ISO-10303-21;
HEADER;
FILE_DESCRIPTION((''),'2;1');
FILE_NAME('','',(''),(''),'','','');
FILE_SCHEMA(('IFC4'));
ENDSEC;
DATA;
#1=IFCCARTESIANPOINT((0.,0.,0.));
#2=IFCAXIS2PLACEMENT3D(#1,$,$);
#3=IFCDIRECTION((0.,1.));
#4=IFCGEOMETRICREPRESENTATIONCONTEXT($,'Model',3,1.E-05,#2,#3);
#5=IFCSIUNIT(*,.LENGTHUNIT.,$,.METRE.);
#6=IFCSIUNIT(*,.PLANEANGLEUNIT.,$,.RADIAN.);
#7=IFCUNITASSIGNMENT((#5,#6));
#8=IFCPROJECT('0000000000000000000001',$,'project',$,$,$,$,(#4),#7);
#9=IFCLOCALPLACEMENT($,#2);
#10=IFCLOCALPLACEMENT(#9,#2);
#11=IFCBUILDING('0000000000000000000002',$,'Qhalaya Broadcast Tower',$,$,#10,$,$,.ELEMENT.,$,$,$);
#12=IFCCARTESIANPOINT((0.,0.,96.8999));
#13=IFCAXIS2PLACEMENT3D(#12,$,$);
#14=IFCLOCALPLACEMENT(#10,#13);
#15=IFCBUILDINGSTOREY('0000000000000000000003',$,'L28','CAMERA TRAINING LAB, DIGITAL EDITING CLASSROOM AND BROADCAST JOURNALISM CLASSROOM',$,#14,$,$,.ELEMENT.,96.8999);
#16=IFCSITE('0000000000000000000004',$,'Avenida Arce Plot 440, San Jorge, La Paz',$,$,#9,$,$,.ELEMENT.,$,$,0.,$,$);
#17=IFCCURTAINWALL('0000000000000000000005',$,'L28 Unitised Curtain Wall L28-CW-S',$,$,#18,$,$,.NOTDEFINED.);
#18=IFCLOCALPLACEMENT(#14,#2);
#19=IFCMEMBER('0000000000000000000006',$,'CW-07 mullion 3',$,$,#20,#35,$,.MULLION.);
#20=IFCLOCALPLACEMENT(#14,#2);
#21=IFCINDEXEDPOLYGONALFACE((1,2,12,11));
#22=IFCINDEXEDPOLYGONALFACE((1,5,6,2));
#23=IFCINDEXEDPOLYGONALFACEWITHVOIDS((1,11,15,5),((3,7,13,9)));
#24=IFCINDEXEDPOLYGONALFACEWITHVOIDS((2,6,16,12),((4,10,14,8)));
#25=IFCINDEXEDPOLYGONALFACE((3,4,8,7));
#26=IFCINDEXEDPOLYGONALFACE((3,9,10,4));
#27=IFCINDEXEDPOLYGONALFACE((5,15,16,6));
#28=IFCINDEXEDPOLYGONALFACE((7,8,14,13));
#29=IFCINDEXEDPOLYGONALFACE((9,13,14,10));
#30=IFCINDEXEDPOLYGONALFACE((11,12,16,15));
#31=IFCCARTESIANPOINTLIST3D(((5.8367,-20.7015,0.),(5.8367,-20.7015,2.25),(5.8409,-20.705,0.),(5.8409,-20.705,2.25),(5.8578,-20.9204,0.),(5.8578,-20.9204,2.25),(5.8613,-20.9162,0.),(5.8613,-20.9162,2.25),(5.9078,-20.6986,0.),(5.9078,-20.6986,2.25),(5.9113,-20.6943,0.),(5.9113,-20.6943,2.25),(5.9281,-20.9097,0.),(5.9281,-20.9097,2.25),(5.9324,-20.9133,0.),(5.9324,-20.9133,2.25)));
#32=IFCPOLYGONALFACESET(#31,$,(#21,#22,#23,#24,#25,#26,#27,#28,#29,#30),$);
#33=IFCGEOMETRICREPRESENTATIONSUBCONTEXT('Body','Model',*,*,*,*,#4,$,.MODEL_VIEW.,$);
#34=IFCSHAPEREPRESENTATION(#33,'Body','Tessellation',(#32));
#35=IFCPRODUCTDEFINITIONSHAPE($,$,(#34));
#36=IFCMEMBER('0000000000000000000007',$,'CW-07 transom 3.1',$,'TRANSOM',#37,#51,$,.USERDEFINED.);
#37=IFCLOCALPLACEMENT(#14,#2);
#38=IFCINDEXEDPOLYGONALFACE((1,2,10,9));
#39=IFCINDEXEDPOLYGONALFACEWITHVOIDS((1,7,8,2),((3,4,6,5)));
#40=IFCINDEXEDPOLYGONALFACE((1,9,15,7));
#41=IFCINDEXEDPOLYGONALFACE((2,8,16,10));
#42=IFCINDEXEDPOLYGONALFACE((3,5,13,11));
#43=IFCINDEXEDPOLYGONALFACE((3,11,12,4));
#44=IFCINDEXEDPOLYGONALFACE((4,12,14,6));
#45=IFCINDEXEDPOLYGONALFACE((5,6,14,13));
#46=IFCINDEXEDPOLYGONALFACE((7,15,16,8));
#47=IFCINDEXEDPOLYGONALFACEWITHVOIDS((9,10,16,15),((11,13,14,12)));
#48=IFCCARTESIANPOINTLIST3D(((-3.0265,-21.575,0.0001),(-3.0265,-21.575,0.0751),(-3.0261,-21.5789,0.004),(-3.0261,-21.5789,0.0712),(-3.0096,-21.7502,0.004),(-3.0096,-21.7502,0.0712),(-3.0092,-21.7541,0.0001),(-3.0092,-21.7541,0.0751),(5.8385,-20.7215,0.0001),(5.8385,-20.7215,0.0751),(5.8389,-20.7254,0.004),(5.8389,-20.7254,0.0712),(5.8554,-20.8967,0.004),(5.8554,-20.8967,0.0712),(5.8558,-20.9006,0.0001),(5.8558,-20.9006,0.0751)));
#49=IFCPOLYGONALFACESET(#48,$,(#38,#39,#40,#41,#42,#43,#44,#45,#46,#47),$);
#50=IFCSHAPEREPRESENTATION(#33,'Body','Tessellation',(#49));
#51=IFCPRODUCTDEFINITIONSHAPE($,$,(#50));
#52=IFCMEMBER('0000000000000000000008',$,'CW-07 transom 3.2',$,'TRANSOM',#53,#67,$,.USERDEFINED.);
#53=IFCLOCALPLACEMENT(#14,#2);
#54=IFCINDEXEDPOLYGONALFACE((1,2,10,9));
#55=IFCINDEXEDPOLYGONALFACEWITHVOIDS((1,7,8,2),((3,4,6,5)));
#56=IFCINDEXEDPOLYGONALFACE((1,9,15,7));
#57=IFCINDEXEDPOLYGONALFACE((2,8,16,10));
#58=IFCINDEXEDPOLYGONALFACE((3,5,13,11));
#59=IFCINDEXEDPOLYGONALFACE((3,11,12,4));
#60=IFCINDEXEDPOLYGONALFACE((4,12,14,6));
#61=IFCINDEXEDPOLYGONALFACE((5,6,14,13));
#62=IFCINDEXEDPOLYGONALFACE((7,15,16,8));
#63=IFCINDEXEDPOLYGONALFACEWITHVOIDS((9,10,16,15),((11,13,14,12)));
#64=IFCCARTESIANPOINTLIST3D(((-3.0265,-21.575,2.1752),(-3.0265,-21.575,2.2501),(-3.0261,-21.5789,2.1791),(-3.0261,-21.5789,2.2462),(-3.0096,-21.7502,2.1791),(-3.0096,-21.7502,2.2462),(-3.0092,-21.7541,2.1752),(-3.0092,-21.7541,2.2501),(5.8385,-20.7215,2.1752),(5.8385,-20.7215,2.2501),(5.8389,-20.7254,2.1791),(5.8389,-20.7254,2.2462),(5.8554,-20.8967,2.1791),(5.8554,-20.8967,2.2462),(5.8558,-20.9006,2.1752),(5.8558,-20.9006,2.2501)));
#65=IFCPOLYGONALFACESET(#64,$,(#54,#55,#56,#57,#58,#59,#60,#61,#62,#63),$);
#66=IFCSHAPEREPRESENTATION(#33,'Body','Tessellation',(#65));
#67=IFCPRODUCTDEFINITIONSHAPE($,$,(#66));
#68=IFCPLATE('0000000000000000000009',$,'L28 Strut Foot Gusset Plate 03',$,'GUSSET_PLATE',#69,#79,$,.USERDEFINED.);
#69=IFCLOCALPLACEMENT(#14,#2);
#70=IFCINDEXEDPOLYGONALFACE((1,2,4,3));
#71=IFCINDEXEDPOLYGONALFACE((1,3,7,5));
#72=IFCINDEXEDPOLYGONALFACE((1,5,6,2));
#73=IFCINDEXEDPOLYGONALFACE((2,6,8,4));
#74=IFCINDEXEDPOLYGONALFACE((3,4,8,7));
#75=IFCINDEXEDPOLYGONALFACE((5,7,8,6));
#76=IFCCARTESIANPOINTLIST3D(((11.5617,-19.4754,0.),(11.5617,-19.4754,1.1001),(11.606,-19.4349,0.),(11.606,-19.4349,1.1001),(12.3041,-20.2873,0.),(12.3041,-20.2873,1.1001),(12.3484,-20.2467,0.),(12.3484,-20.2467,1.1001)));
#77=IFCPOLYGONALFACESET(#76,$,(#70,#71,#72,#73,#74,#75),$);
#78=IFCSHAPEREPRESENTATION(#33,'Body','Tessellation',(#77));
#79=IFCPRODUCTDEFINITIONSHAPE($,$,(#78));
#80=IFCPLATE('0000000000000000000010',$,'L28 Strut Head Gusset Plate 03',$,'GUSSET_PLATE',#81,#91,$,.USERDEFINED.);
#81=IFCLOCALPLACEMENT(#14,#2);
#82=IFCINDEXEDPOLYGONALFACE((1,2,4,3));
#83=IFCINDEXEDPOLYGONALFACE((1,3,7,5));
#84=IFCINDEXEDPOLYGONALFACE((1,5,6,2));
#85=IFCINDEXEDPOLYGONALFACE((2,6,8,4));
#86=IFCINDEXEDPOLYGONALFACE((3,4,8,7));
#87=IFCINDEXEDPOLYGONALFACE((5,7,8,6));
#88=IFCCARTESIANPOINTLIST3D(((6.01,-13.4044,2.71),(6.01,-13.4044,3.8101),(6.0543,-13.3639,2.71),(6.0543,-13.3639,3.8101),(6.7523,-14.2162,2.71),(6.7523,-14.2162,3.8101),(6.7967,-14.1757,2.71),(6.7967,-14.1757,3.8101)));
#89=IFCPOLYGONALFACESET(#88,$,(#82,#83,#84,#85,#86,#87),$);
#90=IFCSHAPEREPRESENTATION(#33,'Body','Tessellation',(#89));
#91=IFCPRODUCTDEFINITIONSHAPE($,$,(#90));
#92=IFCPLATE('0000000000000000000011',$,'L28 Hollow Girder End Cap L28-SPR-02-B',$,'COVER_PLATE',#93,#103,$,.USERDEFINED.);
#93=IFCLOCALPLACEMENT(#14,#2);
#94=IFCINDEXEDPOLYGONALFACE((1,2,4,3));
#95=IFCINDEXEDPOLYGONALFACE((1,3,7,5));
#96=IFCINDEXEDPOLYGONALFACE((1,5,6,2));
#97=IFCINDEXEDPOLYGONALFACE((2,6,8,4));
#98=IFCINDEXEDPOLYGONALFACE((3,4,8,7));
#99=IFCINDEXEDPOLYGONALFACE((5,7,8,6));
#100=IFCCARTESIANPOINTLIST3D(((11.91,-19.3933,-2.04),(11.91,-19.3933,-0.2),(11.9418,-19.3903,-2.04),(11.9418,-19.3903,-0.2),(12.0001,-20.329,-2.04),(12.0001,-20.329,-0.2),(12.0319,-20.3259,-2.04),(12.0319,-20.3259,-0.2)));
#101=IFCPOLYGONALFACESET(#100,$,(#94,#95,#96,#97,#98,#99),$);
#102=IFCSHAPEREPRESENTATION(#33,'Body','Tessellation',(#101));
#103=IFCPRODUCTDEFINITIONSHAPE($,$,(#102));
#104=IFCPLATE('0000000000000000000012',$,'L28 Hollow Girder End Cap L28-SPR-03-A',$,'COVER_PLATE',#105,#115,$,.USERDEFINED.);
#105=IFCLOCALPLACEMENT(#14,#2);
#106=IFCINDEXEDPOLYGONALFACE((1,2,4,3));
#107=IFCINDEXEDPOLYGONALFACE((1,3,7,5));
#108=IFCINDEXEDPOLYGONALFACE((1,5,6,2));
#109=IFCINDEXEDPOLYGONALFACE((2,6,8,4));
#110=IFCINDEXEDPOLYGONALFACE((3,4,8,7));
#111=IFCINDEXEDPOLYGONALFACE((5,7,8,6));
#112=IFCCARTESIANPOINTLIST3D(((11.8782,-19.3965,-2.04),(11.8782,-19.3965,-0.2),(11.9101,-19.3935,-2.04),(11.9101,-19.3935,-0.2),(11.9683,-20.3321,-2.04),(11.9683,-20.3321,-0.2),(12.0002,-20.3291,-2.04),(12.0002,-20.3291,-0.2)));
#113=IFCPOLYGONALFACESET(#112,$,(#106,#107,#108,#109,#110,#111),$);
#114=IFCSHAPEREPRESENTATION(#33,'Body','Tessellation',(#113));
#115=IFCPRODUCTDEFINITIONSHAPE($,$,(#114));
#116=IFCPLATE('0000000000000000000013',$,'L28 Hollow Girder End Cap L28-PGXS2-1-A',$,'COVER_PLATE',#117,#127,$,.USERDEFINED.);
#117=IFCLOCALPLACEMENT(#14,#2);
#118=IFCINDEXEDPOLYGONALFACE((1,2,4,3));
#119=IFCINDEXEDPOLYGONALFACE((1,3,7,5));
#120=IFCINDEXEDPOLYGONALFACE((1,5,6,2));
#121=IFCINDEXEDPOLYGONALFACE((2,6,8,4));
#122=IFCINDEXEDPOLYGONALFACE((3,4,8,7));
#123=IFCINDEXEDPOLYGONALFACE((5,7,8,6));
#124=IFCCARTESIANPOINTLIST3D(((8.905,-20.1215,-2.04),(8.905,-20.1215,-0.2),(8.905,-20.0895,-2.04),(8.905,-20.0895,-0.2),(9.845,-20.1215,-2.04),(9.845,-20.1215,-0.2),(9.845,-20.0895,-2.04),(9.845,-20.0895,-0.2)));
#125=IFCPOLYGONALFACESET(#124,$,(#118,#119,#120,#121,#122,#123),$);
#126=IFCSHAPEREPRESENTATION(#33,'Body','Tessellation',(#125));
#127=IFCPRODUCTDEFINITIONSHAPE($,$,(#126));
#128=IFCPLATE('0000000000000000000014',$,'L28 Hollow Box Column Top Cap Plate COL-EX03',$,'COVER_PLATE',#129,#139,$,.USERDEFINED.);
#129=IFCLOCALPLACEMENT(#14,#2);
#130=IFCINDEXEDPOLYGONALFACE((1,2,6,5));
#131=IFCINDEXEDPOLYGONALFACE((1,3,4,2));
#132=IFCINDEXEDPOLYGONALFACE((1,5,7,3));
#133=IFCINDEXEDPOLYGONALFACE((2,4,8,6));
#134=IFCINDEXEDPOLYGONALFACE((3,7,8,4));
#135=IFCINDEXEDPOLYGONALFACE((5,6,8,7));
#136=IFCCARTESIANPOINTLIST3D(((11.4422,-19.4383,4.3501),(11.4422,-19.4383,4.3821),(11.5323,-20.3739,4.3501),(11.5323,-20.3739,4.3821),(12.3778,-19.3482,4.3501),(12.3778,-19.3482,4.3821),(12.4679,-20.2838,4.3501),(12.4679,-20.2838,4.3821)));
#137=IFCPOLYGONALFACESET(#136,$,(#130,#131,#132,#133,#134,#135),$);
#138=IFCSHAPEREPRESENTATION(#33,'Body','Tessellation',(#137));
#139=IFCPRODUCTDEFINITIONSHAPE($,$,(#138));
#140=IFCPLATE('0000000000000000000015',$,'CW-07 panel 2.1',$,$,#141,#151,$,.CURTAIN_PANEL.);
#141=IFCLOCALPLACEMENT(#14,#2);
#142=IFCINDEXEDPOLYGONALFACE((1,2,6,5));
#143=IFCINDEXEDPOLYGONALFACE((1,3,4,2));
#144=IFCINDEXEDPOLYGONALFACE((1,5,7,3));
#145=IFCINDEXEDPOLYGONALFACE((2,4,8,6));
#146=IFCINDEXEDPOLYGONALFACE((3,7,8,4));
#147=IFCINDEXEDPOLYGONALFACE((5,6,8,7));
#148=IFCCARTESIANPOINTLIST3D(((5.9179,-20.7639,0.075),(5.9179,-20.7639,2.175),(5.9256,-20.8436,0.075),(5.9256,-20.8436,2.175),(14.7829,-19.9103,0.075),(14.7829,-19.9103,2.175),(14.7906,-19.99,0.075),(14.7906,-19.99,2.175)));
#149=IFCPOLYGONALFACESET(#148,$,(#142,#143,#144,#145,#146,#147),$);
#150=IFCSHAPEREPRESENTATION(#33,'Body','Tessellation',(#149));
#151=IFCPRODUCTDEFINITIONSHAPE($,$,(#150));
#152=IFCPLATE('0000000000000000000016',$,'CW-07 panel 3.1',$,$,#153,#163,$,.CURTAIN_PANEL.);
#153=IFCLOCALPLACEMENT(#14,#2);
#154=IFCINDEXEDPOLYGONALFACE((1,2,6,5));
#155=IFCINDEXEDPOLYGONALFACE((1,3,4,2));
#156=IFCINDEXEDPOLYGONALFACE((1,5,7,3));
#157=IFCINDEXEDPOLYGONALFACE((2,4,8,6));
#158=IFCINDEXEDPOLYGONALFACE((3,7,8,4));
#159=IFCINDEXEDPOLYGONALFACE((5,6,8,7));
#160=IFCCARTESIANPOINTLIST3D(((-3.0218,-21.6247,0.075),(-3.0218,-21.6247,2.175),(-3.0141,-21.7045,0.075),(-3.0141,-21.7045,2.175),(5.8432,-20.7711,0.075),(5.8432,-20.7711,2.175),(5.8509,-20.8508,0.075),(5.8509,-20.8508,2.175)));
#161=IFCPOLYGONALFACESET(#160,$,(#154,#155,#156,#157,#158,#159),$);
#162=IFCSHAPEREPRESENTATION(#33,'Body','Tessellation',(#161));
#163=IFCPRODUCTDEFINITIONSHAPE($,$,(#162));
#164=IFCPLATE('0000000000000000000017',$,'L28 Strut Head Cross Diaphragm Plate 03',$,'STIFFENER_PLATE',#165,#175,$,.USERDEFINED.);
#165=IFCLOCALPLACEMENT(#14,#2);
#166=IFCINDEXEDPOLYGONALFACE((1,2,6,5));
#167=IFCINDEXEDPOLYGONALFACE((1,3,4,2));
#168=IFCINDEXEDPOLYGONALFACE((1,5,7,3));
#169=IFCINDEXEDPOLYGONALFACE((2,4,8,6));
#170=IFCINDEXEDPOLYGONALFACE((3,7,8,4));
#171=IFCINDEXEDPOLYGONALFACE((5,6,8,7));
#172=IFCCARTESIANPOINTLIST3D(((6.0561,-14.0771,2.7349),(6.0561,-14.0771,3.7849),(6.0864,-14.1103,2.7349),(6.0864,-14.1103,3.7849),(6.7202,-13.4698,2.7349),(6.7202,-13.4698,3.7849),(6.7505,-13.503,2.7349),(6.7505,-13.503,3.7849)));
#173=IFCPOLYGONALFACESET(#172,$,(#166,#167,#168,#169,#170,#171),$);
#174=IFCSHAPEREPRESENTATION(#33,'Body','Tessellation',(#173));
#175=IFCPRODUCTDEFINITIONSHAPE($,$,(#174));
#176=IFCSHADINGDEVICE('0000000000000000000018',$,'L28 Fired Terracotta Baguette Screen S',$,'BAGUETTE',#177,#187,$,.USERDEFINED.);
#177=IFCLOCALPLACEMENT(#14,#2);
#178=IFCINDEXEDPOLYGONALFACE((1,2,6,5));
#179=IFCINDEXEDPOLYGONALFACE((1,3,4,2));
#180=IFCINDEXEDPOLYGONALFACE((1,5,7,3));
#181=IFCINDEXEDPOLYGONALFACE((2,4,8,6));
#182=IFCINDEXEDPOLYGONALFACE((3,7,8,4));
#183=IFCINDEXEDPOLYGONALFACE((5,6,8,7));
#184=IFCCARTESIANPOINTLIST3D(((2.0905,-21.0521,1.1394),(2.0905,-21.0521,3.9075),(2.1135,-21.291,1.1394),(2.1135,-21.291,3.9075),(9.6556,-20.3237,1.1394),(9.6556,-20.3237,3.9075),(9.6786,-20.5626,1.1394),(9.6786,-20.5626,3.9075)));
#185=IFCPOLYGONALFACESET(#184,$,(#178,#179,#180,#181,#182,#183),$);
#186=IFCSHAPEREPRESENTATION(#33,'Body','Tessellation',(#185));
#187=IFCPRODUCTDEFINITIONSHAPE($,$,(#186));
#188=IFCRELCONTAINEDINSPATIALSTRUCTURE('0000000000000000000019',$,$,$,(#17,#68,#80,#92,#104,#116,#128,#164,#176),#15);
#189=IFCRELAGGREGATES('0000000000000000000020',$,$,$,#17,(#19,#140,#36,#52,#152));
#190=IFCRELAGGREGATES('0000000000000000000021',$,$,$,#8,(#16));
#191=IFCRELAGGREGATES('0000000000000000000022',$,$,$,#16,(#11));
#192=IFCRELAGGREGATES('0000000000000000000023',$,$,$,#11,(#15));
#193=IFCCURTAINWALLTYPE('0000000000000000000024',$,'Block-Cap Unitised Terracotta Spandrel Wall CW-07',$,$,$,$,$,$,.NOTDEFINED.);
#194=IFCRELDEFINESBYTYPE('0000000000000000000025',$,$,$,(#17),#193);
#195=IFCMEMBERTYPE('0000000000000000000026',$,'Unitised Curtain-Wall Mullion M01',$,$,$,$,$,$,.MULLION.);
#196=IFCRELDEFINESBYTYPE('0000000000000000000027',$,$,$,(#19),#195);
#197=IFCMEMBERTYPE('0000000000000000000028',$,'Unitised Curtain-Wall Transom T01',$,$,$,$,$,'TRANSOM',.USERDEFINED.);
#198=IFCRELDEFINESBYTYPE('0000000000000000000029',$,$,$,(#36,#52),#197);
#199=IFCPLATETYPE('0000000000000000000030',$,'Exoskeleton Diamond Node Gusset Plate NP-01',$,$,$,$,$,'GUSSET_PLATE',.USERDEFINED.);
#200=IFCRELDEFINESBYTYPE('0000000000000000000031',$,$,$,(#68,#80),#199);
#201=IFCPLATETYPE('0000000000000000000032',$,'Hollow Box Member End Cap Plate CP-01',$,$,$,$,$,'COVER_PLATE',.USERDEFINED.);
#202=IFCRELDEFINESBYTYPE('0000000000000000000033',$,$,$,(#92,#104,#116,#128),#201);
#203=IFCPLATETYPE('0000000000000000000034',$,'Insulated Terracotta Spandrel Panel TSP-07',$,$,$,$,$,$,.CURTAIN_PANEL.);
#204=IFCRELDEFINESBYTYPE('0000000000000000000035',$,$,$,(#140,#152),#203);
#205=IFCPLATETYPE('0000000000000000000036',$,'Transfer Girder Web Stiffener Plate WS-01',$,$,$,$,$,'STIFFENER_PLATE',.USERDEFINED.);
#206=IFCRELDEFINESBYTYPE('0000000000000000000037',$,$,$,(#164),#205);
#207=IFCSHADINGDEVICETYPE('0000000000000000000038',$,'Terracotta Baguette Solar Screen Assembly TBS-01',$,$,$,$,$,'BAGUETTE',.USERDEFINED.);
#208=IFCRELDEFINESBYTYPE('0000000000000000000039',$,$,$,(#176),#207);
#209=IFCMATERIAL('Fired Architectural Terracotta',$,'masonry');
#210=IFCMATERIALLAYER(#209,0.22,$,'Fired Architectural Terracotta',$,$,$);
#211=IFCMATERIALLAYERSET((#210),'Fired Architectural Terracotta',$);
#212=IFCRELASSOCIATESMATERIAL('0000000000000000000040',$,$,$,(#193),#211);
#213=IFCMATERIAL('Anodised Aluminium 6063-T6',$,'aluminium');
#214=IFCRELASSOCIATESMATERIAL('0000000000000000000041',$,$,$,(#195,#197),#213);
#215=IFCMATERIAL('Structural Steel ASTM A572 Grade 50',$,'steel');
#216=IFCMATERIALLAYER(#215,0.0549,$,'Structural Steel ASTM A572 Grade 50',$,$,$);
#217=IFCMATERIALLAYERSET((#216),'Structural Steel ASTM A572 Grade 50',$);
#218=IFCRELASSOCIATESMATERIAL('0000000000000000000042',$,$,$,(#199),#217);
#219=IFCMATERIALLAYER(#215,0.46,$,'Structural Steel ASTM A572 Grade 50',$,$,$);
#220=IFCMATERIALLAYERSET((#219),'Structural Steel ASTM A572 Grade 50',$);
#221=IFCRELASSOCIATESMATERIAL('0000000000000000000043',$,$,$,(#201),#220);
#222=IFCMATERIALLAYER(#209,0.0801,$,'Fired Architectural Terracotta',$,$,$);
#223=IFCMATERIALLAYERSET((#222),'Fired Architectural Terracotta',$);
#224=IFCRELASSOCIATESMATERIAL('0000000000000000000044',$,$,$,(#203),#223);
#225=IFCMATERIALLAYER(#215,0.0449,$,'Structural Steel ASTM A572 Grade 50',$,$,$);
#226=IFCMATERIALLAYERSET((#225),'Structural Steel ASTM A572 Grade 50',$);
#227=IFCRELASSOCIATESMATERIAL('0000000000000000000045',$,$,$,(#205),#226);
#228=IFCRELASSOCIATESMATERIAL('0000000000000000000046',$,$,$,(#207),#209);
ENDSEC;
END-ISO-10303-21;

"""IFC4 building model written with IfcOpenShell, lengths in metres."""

from ifc_helpers import new_model, si_unit, direction, frame, origin, origin_2d, place, context, subcontext, project, spatial, rectangle, hollow_rectangle, extrude, material, layer, layer_set, material_profile, profile_set, type_object, element, aggregate, save


model = new_model("IFC4")

# Units and contexts
model_context = context("Model", 3, precision=1e-05, world=origin(), true_north=direction((0.0, 1.0)))
body_context = subcontext(model_context, "Body", "Model", "MODEL_VIEW")
ifc_project = project(units=[si_unit("LENGTHUNIT", "METRE"), si_unit("PLANEANGLEUNIT", "RADIAN")], contexts=[model_context])

# Site, building, storey
site_placement = place(None, origin())
site = spatial("IfcSite", under=ifc_project, at=site_placement, Name="Avenida Arce Plot 440, San Jorge, La Paz", CompositionType="ELEMENT", RefElevation=0.0)
building_placement = place(site_placement, origin())
building = spatial("IfcBuilding", under=site, at=building_placement, Name="Qhalaya Broadcast Tower", CompositionType="ELEMENT")
storey_placement = place(building_placement, frame((0.0, 0.0, 96.8999)))
storey = spatial("IfcBuildingStorey", under=building, at=storey_placement, Name="L28", Description="CAMERA TRAINING LAB, DIGITAL EDITING CLASSROOM AND BROADCAST JOURNALISM CLASSROOM", CompositionType="ELEMENT", Elevation=96.8999)

# Shared definitions
ifc_material_1 = material(Name="Structural Steel ASTM A572 Grade 50", Category="steel")

# Curtain wall, members
ifc_material_2 = material(Name="Fired Architectural Terracotta", Category="masonry")
ifc_layer_1 = layer(ifc_material_2, 0.22, Name="Fired Architectural Terracotta")
ifc_layer_set_1 = layer_set([ifc_layer_1], Name="Fired Architectural Terracotta")
curtain_wall_type = type_object("IfcCurtainWallType", Name="Block-Cap Unitised Terracotta Spandrel Wall CW-07", PredefinedType="NOTDEFINED", material=ifc_layer_set_1)
curtain_wall_placement = place(storey_placement, origin())
curtain_wall = element("IfcCurtainWall", 1, at=curtain_wall_placement, inside=storey, type_object=curtain_wall_type, Name="L28 Unitised Curtain Wall L28-CW-S", PredefinedType="NOTDEFINED")
ifc_material_3 = material(Name="Anodised Aluminium 6063-T6", Category="aluminium")
ifc_material_profile_1 = material_profile(ifc_material_3, hollow_rectangle(XDim=0.075, YDim=0.22, WallThickness=0.0039, at=origin_2d()), Name="ALU-MUL 75x220x4")
ifc_profile_set_1 = profile_set([ifc_material_profile_1], Name="Anodised Aluminium 6063-T6")
member_type_1 = type_object("IfcMemberType", Name="Unitised Curtain-Wall Mullion M01", PredefinedType="MULLION", material=ifc_profile_set_1)
member_1_placement = place(storey_placement, frame((5.8845, -20.8074, 0.0), z_axis=(0.0, 0.0, 1.0), x_axis=(-0.995396, -0.095847, 0.0)))
member_1 = element("IfcMember", 2, at=member_1_placement, type_object=member_type_1, Name="CW-07 mullion 3", PredefinedType="MULLION", context=body_context, shape_type="SweptSolid", body=[
    extrude(hollow_rectangle(XDim=0.075, YDim=0.22, WallThickness=0.0039, at=origin_2d()), origin(), (0.0, 0.0, 1.0), 2.25),
])
ifc_material_profile_2 = material_profile(ifc_material_3, hollow_rectangle(XDim=0.075, YDim=0.1799, WallThickness=0.0039, at=origin_2d()), Name="ALU-TRN 75x180x4")
ifc_profile_set_2 = profile_set([ifc_material_profile_2], Name="Anodised Aluminium 6063-T6")
member_type_2 = type_object("IfcMemberType", Name="Unitised Curtain-Wall Transom T01", ElementType="TRANSOM", PredefinedType="USERDEFINED", material=ifc_profile_set_2)
member_2_placement = place(storey_placement, frame((5.8472, -20.811, 0.0376), z_axis=(-0.995397, -0.095836, 0.0), x_axis=(0.0, 0.0, 1.0)))
member_2 = element("IfcMember", 3, at=member_2_placement, type_object=member_type_2, Name="CW-07 transom 3.1", ObjectType="TRANSOM", PredefinedType="USERDEFINED", context=body_context, shape_type="SweptSolid", body=[
    extrude(hollow_rectangle(XDim=0.075, YDim=0.1799, WallThickness=0.0039, at=origin_2d()), origin(), (0.0, 0.0, 1.0), 8.906),
])
member_3_placement = place(storey_placement, frame((5.8472, -20.811, 2.2126), z_axis=(-0.995397, -0.095836, 0.0), x_axis=(0.0, 0.0, 1.0)))
member_3 = element("IfcMember", 4, at=member_3_placement, type_object=member_type_2, Name="CW-07 transom 3.2", ObjectType="TRANSOM", PredefinedType="USERDEFINED", context=body_context, shape_type="SweptSolid", body=[
    extrude(hollow_rectangle(XDim=0.075, YDim=0.1799, WallThickness=0.0039, at=origin_2d()), origin(), (0.0, 0.0, 1.0), 8.906),
])

# Plates
ifc_layer_2 = layer(ifc_material_1, 0.0549, Name="Structural Steel ASTM A572 Grade 50")
ifc_layer_set_2 = layer_set([ifc_layer_2], Name="Structural Steel ASTM A572 Grade 50")
plate_type_1 = type_object("IfcPlateType", Name="Exoskeleton Diamond Node Gusset Plate NP-01", ElementType="GUSSET_PLATE", PredefinedType="USERDEFINED", material=ifc_layer_set_2)
for number, where, z_axis, x_axis, name in (
    (5, (11.9551, -19.8611, 0.0), (0.0, 0.0, 1.0), (-0.674831, 0.737973, 0.0), "L28 Strut Foot Gusset Plate 03"),
    (6, (6.4033, -13.79, 2.71), (0.0, 0.0, 1.0), (-0.674831, 0.737973, 0.0), "L28 Strut Head Gusset Plate 03"),
):
    element("IfcPlate", number, at=place(storey_placement, frame(where, z_axis=z_axis, x_axis=x_axis)), inside=storey, type_object=plate_type_1, Name=name, ObjectType="GUSSET_PLATE", PredefinedType="USERDEFINED", context=body_context, shape_type="SweptSolid", body=[
        extrude(rectangle(XDim=1.1001, YDim=0.0601, at=origin_2d()), origin(), (0.0, 0.0, 1.0), 1.1001),
    ])
ifc_layer_3 = layer(ifc_material_1, 0.46, Name="Structural Steel ASTM A572 Grade 50")
ifc_layer_set_3 = layer_set([ifc_layer_3], Name="Structural Steel ASTM A572 Grade 50")
plate_type_2 = type_object("IfcPlateType", Name="Hollow Box Member End Cap Plate CP-01", ElementType="COVER_PLATE", PredefinedType="USERDEFINED", material=ifc_layer_set_3)
for number, where, z_axis, x_axis, name in (
    (7, (11.9709, -19.8596, -2.04), (0.0, 0.0, 1.0), (-0.095846, 0.995396, 0.0), "L28 Hollow Girder End Cap L28-SPR-02-B"),
    (8, (11.9392, -19.8628, -2.04), (0.0, 0.0, 1.0), (-0.095846, 0.995396, 0.0), "L28 Hollow Girder End Cap L28-SPR-03-A"),
    (9, (9.375, -20.1055, -2.04), (0.0, 0.0, 1.0), (-1.0, 0.0, 0.0), "L28 Hollow Girder End Cap L28-PGXS2-1-A"),
):
    element("IfcPlate", number, at=place(storey_placement, frame(where, z_axis=z_axis, x_axis=x_axis)), inside=storey, type_object=plate_type_2, Name=name, ObjectType="COVER_PLATE", PredefinedType="USERDEFINED", context=body_context, shape_type="SweptSolid", body=[
        extrude(rectangle(XDim=0.9399, YDim=0.032, at=origin_2d()), origin(), (0.0, 0.0, 1.0), 1.8401),
    ])
plate_1_placement = place(storey_placement, frame((11.9551, -19.8611, 4.3501), z_axis=(0.0, 0.0, 1.0), x_axis=(0.995396, 0.095846, 0.0)))
element("IfcPlate", 10, at=plate_1_placement, inside=storey, type_object=plate_type_2, Name="L28 Hollow Box Column Top Cap Plate COL-EX03", ObjectType="COVER_PLATE", PredefinedType="USERDEFINED", context=body_context, shape_type="SweptSolid", body=[
    extrude(rectangle(XDim=0.9399, YDim=0.9399, at=origin_2d()), origin(), (0.0, 0.0, 1.0), 0.032),
])

# Plates
ifc_layer_4 = layer(ifc_material_2, 0.0801, Name="Fired Architectural Terracotta")
ifc_layer_set_4 = layer_set([ifc_layer_4], Name="Fired Architectural Terracotta")
plate_type_3 = type_object("IfcPlateType", Name="Insulated Terracotta Spandrel Panel TSP-07", PredefinedType="CURTAIN_PANEL", material=ifc_layer_set_4)
plate_2_placement = place(storey_placement, frame((10.3542, -20.377, 0.075), z_axis=(0.0, 0.0, 1.0), x_axis=(-0.995396, -0.095847, 0.0)))
plate_2 = element("IfcPlate", 11, at=plate_2_placement, type_object=plate_type_3, Name="CW-07 panel 2.1", PredefinedType="CURTAIN_PANEL", context=body_context, shape_type="SweptSolid", body=[
    extrude(rectangle(XDim=8.906, YDim=0.0801, at=origin_2d()), origin(), (0.0, 0.0, 1.0), 2.1001),
])
plate_3_placement = place(storey_placement, frame((1.4146, -21.2378, 0.075), z_axis=(0.0, 0.0, 1.0), x_axis=(-0.995396, -0.095847, 0.0)))
plate_3 = element("IfcPlate", 12, at=plate_3_placement, type_object=plate_type_3, Name="CW-07 panel 3.1", PredefinedType="CURTAIN_PANEL", context=body_context, shape_type="SweptSolid", body=[
    extrude(rectangle(XDim=8.906, YDim=0.0801, at=origin_2d()), origin(), (0.0, 0.0, 1.0), 2.1001),
])
aggregate(curtain_wall, [member_1, plate_2, member_2, member_3, plate_3])
ifc_layer_5 = layer(ifc_material_1, 0.0449, Name="Structural Steel ASTM A572 Grade 50")
ifc_layer_set_5 = layer_set([ifc_layer_5], Name="Structural Steel ASTM A572 Grade 50")
plate_type_4 = type_object("IfcPlateType", Name="Transfer Girder Web Stiffener Plate WS-01", ElementType="STIFFENER_PLATE", PredefinedType="USERDEFINED", material=ifc_layer_set_5)
plate_4_placement = place(storey_placement, frame((6.4033, -13.79, 2.7349), z_axis=(0.0, 0.0, 1.0), x_axis=(-0.737973, -0.674831, 0.0)))
element("IfcPlate", 13, at=plate_4_placement, inside=storey, type_object=plate_type_4, Name="L28 Strut Head Cross Diaphragm Plate 03", ObjectType="STIFFENER_PLATE", PredefinedType="USERDEFINED", context=body_context, shape_type="SweptSolid", body=[
    extrude(rectangle(XDim=0.8999, YDim=0.0449, at=origin_2d()), origin(), (0.0, 0.0, 1.0), 1.05),
])

# Shading device
shading_device_type = type_object("IfcShadingDeviceType", Name="Terracotta Baguette Solar Screen Assembly TBS-01", ElementType="BAGUETTE", PredefinedType="USERDEFINED", material=ifc_material_2)
shading_device_placement = place(storey_placement, frame((5.8845, -20.8074, 1.1394), z_axis=(0.0, 0.0, 1.0), x_axis=(0.995396, 0.095846, 0.0)))
element("IfcShadingDevice", 14, at=shading_device_placement, inside=storey, type_object=shading_device_type, Name="L28 Fired Terracotta Baguette Screen S", ObjectType="BAGUETTE", PredefinedType="USERDEFINED", context=body_context, shape_type="SweptSolid", body=[
    extrude(rectangle(XDim=7.6001, YDim=0.24, at=origin_2d()), origin(), (0.0, 0.0, 1.0), 2.7681),
])

save(model, "model.ifc")
